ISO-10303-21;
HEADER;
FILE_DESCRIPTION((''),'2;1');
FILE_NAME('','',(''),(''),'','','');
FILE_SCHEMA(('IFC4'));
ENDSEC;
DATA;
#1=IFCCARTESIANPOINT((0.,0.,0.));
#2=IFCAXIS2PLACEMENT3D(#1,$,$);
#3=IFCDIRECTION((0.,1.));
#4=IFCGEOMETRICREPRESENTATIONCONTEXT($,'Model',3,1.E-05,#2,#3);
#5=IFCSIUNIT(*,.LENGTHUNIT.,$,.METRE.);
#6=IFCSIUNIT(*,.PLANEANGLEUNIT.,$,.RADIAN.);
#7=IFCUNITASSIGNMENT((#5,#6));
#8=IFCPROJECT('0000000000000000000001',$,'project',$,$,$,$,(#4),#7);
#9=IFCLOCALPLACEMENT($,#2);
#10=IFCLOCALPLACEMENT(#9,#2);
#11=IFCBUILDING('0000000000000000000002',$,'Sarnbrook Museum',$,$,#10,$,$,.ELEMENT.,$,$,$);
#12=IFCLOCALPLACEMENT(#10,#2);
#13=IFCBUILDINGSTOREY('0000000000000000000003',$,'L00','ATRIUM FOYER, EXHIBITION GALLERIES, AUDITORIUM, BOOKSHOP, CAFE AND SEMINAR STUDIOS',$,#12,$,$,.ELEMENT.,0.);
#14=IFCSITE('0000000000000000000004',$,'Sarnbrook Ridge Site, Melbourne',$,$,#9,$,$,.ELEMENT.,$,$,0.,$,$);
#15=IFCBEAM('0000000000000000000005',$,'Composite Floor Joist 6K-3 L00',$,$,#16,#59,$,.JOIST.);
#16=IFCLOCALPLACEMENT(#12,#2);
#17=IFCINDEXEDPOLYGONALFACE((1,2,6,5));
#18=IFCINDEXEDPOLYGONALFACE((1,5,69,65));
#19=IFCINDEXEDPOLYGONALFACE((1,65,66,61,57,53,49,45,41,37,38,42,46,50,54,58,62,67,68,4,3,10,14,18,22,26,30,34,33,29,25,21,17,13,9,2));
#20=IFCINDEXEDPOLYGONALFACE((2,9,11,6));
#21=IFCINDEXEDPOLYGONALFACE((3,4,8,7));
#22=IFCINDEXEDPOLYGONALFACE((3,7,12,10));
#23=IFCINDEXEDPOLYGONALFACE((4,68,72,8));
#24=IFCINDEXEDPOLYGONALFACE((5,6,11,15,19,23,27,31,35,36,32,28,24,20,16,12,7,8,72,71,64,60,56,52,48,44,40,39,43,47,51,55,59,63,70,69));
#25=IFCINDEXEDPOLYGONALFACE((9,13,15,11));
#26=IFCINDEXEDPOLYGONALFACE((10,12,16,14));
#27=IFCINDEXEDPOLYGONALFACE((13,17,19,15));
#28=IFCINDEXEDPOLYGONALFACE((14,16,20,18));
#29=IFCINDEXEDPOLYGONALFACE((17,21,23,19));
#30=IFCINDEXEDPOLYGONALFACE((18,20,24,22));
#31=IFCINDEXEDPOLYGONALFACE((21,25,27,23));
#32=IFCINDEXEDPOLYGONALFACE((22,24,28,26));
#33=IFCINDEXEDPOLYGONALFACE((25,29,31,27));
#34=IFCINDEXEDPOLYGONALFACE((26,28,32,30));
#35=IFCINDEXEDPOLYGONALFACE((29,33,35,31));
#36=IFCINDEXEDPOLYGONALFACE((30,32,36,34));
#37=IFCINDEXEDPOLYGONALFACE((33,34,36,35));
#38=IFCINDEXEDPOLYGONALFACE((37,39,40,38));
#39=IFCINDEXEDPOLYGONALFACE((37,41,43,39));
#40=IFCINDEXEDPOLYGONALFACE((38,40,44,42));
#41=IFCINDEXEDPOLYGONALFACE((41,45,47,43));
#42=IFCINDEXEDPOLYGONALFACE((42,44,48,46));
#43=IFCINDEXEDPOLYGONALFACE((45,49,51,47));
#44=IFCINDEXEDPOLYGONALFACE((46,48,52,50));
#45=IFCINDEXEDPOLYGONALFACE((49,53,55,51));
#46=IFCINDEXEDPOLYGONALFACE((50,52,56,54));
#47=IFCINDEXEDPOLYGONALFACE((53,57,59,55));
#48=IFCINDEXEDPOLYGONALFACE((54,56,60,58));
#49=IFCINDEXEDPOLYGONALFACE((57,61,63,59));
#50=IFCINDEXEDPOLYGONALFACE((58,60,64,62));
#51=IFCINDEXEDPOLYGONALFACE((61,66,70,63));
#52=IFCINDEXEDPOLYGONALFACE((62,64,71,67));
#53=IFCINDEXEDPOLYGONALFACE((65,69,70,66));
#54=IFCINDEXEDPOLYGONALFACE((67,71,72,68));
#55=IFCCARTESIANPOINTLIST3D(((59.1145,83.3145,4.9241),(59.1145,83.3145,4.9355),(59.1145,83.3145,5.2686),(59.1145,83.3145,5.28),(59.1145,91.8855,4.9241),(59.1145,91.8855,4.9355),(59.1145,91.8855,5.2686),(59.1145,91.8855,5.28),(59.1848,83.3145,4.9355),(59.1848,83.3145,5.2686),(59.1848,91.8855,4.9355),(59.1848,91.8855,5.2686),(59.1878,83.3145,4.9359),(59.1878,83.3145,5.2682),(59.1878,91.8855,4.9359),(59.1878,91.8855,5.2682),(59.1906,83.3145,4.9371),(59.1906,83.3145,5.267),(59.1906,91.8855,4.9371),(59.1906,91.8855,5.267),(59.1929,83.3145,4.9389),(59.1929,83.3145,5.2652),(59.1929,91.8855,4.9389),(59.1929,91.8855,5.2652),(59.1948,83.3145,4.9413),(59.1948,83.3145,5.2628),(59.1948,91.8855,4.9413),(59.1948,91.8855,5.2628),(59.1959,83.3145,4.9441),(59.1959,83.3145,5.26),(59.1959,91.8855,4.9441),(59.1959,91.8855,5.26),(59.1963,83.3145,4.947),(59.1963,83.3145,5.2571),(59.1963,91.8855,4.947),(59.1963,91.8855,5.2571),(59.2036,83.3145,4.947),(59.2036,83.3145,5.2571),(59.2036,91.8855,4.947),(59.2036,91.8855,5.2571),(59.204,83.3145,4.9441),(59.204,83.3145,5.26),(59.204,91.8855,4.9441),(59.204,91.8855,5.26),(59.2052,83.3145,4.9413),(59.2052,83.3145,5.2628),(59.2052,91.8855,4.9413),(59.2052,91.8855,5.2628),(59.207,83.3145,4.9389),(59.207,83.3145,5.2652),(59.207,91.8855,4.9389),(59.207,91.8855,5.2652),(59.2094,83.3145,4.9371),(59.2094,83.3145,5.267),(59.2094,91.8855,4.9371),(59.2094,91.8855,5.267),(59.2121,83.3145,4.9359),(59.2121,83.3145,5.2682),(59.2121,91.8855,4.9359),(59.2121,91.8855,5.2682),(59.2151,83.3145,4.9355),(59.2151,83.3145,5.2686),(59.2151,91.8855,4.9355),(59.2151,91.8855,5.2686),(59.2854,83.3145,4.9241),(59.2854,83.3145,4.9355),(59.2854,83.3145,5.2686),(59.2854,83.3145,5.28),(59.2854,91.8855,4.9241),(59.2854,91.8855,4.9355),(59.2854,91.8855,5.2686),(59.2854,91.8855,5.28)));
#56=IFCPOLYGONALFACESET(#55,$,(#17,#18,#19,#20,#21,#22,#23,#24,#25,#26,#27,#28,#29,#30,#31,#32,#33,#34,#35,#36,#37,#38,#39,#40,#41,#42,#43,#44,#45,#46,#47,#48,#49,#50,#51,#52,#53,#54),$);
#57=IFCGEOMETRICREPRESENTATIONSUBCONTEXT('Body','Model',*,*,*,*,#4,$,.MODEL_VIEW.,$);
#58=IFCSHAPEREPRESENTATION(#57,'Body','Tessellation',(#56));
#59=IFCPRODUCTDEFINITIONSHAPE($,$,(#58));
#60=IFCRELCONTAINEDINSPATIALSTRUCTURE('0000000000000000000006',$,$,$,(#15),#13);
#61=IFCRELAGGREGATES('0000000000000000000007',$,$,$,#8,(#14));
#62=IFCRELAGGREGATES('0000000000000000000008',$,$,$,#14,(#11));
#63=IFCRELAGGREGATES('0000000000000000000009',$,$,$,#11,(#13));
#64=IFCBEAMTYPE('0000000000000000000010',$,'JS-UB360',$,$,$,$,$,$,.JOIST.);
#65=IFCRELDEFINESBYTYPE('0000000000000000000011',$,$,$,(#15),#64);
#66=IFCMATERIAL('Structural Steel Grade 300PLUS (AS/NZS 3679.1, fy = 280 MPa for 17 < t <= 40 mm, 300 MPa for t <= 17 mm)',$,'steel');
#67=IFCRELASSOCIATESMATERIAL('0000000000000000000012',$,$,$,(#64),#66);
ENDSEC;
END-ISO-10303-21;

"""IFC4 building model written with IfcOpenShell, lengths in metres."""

from ifc_helpers import new_model, si_unit, direction, frame, origin, origin_2d, place, context, subcontext, project, spatial, i_section, extrude, material, material_profile, profile_set, type_object, element, save


model = new_model("IFC4")

# Units and contexts
model_context = context("Model", 3, precision=1e-05, world=origin(), true_north=direction((0.0, 1.0)))
body_context = subcontext(model_context, "Body", "Model", "MODEL_VIEW")
ifc_project = project(units=[si_unit("LENGTHUNIT", "METRE"), si_unit("PLANEANGLEUNIT", "RADIAN")], contexts=[model_context])

# Site, building, storey
site_placement = place(None, origin())
site = spatial("IfcSite", under=ifc_project, at=site_placement, Name="Sarnbrook Ridge Site, Melbourne", CompositionType="ELEMENT", RefElevation=0.0)
building_placement = place(site_placement, origin())
building = spatial("IfcBuilding", under=site, at=building_placement, Name="Sarnbrook Museum", CompositionType="ELEMENT")
storey_placement = place(building_placement, origin())
storey = spatial("IfcBuildingStorey", under=building, at=storey_placement, Name="L00", Description="ATRIUM FOYER, EXHIBITION GALLERIES, AUDITORIUM, BOOKSHOP, CAFE AND SEMINAR STUDIOS", CompositionType="ELEMENT", Elevation=0.0)

# Beam
ifc_material_1 = material(Name="Structural Steel Grade 300PLUS (AS/NZS 3679.1, fy = 280 MPa for 17 < t <= 40 mm, 300 MPa for t <= 17 mm)", Category="steel")
ifc_material_profile_1 = material_profile(ifc_material_1, i_section(OverallWidth=0.1709, OverallDepth=0.356, WebThickness=0.0073, FlangeThickness=0.0115, FilletRadius=0.0115, at=origin_2d()), Name="360UB50.7")
ifc_profile_set_1 = profile_set([ifc_material_profile_1], Name="Structural Steel Grade 300PLUS (AS/NZS 3679.1, fy = 280 MPa for 17 < t <= 40 mm, 300 MPa for t <= 17 mm)")
beam_type_1 = type_object("IfcBeamType", Name="JS-UB360", PredefinedType="JOIST", material=ifc_profile_set_1)
for number, where, z_axis, x_axis, name in (
    (1, (59.2, 83.3145, 5.1021), (0.0, 1.0, 0.0), (-1.0, 0.0, 0.0), "Composite Floor Joist 6K-3 L00"),
):
    element("IfcBeam", number, at=place(storey_placement, frame(where, z_axis=z_axis, x_axis=x_axis)), inside=storey, type_object=beam_type_1, Name=name, PredefinedType="JOIST", context=body_context, shape_type="SweptSolid", body=[
        extrude(i_section(OverallWidth=0.1709, OverallDepth=0.356, WebThickness=0.0073, FlangeThickness=0.0115, FilletRadius=0.0115, at=origin_2d()), origin(), (0.0, 0.0, 1.0), 8.571),
    ])

save(model, "model.ifc")
